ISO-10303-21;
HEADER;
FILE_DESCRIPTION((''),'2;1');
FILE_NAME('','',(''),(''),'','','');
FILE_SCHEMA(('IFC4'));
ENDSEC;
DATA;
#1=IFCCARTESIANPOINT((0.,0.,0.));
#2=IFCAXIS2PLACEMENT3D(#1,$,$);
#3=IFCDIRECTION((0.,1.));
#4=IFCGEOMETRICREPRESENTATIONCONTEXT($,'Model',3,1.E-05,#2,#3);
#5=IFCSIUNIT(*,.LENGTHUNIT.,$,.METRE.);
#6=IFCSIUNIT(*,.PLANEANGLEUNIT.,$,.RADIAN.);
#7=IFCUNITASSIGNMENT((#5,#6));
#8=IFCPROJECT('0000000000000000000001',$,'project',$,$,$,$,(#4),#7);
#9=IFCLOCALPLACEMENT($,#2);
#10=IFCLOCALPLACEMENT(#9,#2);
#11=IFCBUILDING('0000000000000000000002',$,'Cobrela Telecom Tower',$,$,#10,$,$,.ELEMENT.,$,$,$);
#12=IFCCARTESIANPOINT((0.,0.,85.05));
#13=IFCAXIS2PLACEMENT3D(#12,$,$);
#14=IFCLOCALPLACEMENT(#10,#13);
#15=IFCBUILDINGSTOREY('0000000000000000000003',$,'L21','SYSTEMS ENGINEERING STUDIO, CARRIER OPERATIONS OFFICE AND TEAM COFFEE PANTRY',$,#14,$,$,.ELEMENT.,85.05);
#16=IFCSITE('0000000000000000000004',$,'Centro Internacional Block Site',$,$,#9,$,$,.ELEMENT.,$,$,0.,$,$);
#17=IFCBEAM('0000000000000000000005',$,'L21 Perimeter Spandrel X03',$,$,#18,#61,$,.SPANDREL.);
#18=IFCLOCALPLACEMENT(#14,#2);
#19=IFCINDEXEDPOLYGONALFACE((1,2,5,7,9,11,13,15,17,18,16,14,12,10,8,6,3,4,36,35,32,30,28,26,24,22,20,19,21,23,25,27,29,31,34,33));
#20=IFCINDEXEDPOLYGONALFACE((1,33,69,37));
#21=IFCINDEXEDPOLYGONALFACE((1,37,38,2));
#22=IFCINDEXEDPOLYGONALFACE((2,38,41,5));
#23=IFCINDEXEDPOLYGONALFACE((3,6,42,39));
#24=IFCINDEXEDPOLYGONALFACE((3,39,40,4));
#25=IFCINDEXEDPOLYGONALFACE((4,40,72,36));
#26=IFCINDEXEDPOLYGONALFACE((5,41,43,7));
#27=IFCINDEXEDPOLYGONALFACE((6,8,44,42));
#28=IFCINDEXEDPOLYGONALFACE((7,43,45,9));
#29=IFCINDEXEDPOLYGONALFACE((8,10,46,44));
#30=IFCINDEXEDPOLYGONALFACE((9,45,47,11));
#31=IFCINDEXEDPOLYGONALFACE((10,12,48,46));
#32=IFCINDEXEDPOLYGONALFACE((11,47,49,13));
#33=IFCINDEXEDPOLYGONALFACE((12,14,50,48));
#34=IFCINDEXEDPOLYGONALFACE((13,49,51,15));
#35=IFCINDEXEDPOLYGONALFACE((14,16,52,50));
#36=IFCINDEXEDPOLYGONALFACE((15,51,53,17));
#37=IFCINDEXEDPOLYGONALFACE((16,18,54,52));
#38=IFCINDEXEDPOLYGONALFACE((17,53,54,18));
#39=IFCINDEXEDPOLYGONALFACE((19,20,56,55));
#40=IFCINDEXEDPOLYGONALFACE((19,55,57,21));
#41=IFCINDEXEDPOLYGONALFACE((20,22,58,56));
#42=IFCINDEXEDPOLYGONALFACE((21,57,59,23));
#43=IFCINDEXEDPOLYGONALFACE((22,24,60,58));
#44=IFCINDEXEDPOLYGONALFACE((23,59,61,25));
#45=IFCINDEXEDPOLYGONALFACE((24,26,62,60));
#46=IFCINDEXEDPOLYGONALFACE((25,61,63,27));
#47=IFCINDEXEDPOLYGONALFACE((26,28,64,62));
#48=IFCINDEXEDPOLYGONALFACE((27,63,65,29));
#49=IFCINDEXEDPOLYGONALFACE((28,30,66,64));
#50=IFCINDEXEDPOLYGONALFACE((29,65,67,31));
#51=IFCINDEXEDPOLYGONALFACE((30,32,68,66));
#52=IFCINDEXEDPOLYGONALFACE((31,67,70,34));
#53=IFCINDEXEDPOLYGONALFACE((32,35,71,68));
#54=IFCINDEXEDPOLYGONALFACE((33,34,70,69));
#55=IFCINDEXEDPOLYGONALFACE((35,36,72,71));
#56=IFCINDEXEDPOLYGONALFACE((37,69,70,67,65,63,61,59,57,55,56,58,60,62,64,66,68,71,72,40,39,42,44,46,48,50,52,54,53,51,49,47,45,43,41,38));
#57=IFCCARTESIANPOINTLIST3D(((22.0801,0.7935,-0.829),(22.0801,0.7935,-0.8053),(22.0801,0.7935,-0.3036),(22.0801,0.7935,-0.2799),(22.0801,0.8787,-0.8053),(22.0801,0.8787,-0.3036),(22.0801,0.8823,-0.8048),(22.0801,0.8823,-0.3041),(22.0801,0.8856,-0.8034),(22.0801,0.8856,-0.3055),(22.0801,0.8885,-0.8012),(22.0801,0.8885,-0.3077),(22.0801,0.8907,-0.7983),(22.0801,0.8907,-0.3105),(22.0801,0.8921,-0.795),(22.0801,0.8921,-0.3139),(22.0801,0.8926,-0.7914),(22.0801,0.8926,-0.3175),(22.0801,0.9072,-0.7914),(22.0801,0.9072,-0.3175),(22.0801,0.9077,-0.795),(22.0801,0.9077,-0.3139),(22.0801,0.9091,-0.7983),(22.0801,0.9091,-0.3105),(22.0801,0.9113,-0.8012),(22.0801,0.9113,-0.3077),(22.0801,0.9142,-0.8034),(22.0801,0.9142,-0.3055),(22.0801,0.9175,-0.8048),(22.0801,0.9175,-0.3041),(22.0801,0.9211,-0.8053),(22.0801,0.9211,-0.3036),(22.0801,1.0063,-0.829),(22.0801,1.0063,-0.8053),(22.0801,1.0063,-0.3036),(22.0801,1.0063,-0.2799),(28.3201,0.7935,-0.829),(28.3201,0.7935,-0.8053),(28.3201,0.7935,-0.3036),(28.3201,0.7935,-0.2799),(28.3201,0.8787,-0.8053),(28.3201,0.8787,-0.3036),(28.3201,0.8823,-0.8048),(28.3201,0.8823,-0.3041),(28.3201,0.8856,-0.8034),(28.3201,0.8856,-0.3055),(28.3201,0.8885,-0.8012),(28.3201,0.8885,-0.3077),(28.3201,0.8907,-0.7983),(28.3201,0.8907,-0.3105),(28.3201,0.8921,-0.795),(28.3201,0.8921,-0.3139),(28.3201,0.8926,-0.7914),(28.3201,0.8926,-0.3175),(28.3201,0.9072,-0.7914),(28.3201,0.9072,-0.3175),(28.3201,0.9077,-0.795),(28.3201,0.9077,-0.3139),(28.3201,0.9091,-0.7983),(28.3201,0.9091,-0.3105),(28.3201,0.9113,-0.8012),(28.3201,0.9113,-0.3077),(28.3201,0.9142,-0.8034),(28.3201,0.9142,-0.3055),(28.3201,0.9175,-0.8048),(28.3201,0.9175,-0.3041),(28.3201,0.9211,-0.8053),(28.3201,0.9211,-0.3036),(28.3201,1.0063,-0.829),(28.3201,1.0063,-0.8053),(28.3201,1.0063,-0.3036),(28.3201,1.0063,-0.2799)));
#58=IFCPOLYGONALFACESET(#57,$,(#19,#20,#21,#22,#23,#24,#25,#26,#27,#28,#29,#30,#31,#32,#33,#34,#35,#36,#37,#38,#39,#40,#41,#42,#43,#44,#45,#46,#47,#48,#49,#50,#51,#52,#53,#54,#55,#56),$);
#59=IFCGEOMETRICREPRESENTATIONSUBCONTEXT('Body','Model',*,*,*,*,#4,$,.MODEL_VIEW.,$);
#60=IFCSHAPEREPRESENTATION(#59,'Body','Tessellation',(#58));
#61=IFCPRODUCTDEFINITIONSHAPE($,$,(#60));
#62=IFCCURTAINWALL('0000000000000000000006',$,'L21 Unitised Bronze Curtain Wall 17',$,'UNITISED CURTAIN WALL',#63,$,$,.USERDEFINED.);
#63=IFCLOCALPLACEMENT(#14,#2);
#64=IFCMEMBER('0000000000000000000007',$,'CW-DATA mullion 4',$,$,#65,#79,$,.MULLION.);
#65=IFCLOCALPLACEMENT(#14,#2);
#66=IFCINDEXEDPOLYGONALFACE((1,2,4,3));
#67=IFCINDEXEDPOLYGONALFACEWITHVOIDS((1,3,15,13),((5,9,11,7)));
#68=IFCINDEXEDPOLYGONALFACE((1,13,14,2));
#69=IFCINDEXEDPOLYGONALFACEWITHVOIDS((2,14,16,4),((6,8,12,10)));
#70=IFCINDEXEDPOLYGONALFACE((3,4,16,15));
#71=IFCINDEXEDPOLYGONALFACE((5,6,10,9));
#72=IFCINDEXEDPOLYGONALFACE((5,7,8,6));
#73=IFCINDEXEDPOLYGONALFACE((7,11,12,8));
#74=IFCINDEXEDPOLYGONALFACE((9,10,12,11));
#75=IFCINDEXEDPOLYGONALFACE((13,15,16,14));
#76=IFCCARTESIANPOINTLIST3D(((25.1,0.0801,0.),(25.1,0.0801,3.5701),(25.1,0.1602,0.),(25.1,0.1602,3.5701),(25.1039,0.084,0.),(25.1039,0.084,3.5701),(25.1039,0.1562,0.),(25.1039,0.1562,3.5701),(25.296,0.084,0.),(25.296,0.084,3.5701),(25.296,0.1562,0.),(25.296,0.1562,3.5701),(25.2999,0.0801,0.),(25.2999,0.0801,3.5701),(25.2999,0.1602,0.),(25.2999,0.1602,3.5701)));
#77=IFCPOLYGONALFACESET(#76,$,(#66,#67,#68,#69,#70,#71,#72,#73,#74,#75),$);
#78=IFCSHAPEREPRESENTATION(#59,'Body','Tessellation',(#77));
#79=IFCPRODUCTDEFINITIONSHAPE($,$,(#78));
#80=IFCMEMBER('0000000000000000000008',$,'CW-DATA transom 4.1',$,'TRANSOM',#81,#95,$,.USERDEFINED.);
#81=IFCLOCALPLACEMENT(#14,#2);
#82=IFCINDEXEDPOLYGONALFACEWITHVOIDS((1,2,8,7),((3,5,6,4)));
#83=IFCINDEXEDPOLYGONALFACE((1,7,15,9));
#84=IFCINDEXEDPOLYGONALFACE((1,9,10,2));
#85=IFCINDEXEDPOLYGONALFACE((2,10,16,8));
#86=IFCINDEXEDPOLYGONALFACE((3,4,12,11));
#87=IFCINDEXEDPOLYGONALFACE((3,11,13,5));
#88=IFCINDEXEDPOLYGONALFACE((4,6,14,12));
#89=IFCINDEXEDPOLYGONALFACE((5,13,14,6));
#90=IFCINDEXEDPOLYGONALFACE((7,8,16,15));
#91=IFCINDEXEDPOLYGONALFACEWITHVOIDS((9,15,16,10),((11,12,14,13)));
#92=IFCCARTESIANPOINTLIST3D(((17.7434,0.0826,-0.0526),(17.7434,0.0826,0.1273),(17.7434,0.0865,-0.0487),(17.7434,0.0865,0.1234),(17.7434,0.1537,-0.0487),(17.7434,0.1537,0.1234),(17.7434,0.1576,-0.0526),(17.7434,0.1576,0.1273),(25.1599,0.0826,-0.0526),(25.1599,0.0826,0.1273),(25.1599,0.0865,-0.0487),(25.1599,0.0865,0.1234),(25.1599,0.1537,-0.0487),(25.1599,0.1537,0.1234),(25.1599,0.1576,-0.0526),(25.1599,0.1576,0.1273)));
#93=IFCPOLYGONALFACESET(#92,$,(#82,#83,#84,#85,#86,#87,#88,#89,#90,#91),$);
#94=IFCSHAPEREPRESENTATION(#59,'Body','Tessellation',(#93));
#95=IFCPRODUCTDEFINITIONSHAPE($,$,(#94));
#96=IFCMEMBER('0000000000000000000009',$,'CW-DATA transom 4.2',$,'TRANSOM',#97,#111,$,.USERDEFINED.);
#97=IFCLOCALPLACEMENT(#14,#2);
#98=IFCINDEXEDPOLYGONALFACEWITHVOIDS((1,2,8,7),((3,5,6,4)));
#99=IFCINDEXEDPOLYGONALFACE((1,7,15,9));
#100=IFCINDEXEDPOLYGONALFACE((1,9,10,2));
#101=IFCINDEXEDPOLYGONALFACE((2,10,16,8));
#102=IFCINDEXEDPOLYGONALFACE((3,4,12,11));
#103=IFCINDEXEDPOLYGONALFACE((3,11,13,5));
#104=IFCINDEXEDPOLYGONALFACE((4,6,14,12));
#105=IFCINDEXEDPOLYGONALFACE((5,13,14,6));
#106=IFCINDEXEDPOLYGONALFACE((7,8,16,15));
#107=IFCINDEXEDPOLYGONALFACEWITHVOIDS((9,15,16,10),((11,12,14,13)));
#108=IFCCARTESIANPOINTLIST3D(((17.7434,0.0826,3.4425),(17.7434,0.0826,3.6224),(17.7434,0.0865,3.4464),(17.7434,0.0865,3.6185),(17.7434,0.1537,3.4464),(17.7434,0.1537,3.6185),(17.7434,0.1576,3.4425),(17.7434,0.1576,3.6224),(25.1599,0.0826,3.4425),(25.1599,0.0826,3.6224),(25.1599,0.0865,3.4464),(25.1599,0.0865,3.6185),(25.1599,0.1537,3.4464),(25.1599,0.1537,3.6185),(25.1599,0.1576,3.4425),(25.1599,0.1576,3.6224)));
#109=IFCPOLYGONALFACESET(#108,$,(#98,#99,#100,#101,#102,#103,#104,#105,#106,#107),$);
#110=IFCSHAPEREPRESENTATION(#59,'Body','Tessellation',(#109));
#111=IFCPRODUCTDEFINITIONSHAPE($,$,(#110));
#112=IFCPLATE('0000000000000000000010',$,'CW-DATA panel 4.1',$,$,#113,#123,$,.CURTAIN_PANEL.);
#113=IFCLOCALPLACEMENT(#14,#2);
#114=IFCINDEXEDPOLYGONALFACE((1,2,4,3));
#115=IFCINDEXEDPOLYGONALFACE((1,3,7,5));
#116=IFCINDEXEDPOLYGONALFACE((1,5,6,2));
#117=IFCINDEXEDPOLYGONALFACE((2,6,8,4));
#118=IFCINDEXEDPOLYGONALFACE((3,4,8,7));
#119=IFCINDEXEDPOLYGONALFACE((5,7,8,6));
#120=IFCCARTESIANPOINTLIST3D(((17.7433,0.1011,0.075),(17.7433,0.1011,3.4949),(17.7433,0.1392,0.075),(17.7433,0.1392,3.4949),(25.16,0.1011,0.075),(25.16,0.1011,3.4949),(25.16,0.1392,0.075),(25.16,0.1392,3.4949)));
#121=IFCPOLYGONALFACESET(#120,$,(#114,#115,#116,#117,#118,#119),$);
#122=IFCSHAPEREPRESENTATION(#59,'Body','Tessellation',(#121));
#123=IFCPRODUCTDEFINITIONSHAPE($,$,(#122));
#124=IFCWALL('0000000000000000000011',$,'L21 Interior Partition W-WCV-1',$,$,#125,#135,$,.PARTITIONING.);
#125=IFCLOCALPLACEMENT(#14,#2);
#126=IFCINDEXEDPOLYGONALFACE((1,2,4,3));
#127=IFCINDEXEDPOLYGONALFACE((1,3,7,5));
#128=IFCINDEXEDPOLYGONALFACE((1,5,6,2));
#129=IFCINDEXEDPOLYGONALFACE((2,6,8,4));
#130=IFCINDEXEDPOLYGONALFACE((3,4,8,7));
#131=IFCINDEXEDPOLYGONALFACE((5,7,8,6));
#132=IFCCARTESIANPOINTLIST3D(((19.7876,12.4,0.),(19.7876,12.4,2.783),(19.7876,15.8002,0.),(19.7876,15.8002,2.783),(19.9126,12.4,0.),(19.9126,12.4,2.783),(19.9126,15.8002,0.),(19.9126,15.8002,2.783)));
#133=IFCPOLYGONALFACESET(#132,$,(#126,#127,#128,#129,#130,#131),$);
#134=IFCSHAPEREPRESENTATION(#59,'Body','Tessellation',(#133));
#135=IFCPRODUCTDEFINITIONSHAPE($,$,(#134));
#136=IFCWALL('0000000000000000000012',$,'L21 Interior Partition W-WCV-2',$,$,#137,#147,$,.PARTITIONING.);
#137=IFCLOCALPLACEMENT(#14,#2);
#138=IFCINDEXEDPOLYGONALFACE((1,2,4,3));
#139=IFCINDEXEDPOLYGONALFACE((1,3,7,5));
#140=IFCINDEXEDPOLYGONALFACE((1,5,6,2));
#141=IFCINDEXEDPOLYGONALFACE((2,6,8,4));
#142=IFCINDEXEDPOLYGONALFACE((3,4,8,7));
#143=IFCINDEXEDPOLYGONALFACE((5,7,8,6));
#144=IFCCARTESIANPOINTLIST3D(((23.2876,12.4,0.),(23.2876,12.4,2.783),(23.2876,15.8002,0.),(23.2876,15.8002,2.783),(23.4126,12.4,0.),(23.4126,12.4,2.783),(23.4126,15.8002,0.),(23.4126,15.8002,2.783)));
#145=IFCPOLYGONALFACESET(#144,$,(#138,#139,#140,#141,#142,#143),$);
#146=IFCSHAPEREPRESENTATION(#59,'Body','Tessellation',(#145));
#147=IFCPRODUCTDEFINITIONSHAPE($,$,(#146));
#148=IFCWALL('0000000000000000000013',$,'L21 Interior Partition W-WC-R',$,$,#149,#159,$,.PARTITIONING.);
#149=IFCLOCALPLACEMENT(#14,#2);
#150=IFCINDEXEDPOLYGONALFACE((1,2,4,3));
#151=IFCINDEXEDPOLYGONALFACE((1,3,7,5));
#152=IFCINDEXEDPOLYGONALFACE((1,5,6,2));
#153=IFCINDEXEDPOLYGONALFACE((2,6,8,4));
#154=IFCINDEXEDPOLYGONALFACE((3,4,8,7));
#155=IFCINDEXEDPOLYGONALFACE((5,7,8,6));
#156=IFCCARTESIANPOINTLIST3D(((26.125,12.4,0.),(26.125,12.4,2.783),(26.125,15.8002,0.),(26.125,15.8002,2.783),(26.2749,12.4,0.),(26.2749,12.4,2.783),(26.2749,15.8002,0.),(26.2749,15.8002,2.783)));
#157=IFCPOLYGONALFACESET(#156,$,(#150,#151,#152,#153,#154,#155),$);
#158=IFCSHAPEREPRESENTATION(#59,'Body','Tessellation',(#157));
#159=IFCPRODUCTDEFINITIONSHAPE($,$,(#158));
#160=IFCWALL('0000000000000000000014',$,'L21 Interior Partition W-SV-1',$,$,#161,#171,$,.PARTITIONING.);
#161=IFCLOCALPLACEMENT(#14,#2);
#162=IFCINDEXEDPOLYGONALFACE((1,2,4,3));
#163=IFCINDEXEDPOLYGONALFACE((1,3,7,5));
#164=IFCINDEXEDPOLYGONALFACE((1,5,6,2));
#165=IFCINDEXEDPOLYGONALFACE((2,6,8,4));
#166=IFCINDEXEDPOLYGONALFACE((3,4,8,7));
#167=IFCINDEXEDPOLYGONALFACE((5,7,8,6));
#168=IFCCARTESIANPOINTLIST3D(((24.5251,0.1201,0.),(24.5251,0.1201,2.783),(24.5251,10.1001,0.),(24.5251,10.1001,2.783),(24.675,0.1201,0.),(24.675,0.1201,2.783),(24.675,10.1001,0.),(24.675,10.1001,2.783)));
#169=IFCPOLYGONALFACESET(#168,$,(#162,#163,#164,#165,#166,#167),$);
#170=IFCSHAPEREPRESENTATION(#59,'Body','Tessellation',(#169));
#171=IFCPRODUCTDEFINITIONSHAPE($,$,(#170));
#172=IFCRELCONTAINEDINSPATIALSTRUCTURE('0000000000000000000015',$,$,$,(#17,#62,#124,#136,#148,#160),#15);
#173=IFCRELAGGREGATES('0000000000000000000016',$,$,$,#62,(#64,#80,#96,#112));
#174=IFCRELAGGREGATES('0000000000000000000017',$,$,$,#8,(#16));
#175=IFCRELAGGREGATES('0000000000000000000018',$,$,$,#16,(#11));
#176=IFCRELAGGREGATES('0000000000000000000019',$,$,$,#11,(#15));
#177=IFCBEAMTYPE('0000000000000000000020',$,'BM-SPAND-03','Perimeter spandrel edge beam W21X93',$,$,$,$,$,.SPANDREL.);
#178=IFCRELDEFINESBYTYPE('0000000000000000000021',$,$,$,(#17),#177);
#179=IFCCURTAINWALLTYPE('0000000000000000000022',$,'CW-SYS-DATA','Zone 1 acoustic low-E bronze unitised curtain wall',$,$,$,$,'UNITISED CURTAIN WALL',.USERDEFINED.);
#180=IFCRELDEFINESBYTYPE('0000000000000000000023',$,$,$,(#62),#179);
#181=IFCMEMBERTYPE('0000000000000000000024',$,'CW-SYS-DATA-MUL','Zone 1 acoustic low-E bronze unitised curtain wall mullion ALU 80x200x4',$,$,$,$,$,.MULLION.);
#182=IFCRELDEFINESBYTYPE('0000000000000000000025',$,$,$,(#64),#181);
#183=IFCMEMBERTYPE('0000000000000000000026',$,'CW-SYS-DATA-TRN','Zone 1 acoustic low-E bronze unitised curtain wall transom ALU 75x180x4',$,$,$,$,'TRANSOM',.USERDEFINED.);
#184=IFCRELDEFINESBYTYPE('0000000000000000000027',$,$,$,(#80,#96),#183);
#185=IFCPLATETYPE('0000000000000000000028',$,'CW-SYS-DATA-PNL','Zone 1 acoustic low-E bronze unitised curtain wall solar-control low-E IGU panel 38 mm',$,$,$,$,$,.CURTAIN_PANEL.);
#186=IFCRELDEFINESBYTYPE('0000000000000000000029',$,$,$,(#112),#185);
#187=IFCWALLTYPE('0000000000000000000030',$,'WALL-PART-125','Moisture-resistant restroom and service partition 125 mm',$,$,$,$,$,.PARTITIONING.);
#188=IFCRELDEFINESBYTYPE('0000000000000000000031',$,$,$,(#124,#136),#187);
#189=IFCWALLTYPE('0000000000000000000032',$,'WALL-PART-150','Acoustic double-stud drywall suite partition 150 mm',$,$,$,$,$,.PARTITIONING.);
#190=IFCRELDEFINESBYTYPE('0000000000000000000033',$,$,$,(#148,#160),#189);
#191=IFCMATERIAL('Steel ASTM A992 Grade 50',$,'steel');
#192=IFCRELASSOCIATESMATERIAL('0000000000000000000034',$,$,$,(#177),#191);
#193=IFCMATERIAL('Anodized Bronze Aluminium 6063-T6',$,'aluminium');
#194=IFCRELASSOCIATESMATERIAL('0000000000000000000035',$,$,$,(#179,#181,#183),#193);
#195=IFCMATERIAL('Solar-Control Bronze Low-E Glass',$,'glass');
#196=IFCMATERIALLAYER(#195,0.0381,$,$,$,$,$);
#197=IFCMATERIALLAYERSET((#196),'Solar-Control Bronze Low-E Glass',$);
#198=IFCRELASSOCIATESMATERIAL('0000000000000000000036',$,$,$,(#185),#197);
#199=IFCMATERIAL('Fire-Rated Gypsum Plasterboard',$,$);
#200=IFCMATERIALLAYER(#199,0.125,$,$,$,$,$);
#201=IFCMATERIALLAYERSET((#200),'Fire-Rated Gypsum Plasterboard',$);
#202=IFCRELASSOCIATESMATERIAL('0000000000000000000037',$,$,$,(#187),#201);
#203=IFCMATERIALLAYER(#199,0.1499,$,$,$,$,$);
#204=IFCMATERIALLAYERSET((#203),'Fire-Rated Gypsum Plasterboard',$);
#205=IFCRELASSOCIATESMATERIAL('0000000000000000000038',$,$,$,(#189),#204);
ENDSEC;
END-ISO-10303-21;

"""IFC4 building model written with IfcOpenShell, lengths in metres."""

from ifc_helpers import new_model, si_unit, direction, frame, frame_2d, origin, origin_2d, place, context, subcontext, project, spatial, rectangle, hollow_rectangle, i_section, extrude, material, layer, layer_set, material_profile, profile_set, type_object, element, aggregate, save


model = new_model("IFC4")

# Units and contexts
model_context = context("Model", 3, precision=1e-05, world=origin(), true_north=direction((0.0, 1.0)))
body_context = subcontext(model_context, "Body", "Model", "MODEL_VIEW")
ifc_project = project(units=[si_unit("LENGTHUNIT", "METRE"), si_unit("PLANEANGLEUNIT", "RADIAN")], contexts=[model_context])

# Site, building, storey
site_placement = place(None, origin())
site = spatial("IfcSite", under=ifc_project, at=site_placement, Name="Centro Internacional Block Site", CompositionType="ELEMENT", RefElevation=0.0)
building_placement = place(site_placement, origin())
building = spatial("IfcBuilding", under=site, at=building_placement, Name="Cobrela Telecom Tower", CompositionType="ELEMENT")
storey_placement = place(building_placement, frame((0.0, 0.0, 85.05)))
storey = spatial("IfcBuildingStorey", under=building, at=storey_placement, Name="L21", Description="SYSTEMS ENGINEERING STUDIO, CARRIER OPERATIONS OFFICE AND TEAM COFFEE PANTRY", CompositionType="ELEMENT", Elevation=85.05)

# Shared definitions
ifc_material_1 = material(Name="Steel ASTM A992 Grade 50", Category="steel")

# Beam
ifc_material_profile_1 = material_profile(ifc_material_1, i_section(OverallWidth=0.2129, OverallDepth=0.5491, WebThickness=0.0146, FlangeThickness=0.0237, FilletRadius=0.0139, at=origin_2d()), Name="W21X93")
ifc_profile_set_1 = profile_set([ifc_material_profile_1], Name="Steel ASTM A992 Grade 50")
beam_type_1 = type_object("IfcBeamType", Name="BM-SPAND-03", Description="Perimeter spandrel edge beam W21X93", PredefinedType="SPANDREL", material=ifc_profile_set_1)
beam_1_placement = place(storey_placement, frame((22.0801, 0.8999, -0.5544), z_axis=(1.0, 0.0, 0.0), x_axis=(0.0, 1.0, 0.0)))
element("IfcBeam", 1, at=beam_1_placement, inside=storey, type_object=beam_type_1, Name="L21 Perimeter Spandrel X03", PredefinedType="SPANDREL", context=body_context, shape_type="SweptSolid", body=[
    extrude(i_section(OverallWidth=0.2129, OverallDepth=0.5491, WebThickness=0.0146, FlangeThickness=0.0237, FilletRadius=0.0139, at=origin_2d()), origin(), (0.0, 0.0, 1.0), 6.24),
])

# Curtain wall, members, plate
ifc_material_2 = material(Name="Anodized Bronze Aluminium 6063-T6", Category="aluminium")
curtain_wall_type = type_object("IfcCurtainWallType", Name="CW-SYS-DATA", Description="Zone 1 acoustic low-E bronze unitised curtain wall", ElementType="UNITISED CURTAIN WALL", PredefinedType="USERDEFINED", material=ifc_material_2)
curtain_wall_placement = place(storey_placement, origin())
curtain_wall = element("IfcCurtainWall", 2, at=curtain_wall_placement, inside=storey, type_object=curtain_wall_type, Name="L21 Unitised Bronze Curtain Wall 17", ObjectType="UNITISED CURTAIN WALL", PredefinedType="USERDEFINED")
ifc_material_profile_2 = material_profile(ifc_material_2, hollow_rectangle(XDim=0.0801, YDim=0.2, WallThickness=0.0039, at=origin_2d()), Name="ALU 80x200x4")
ifc_profile_set_2 = profile_set([ifc_material_profile_2], Name="Anodized Bronze Aluminium 6063-T6")
member_type_1 = type_object("IfcMemberType", Name="CW-SYS-DATA-MUL", Description="Zone 1 acoustic low-E bronze unitised curtain wall mullion ALU 80x200x4", PredefinedType="MULLION", material=ifc_profile_set_2)
member_1_placement = place(storey_placement, frame((25.2, 0.1201, 0.0), z_axis=(0.0, 0.0, 1.0), x_axis=(0.0, -1.0, 0.0)))
member_1 = element("IfcMember", 3, at=member_1_placement, type_object=member_type_1, Name="CW-DATA mullion 4", PredefinedType="MULLION", context=body_context, shape_type="SweptSolid", body=[
    extrude(hollow_rectangle(XDim=0.0801, YDim=0.2, WallThickness=0.0039, at=origin_2d()), origin(), (0.0, 0.0, 1.0), 3.5701),
])
ifc_material_profile_3 = material_profile(ifc_material_2, hollow_rectangle(XDim=0.075, YDim=0.1799, WallThickness=0.0039, at=origin_2d()), Name="ALU 75x180x4")
ifc_profile_set_3 = profile_set([ifc_material_profile_3], Name="Anodized Bronze Aluminium 6063-T6")
member_type_2 = type_object("IfcMemberType", Name="CW-SYS-DATA-TRN", Description="Zone 1 acoustic low-E bronze unitised curtain wall transom ALU 75x180x4", ElementType="TRANSOM", PredefinedType="USERDEFINED", material=ifc_profile_set_3)
member_2_placement = place(storey_placement, frame((25.1599, 0.1201, 0.0374), z_axis=(-1.0, 0.0, 0.0), x_axis=(0.0, -1.0, 0.0)))
member_2 = element("IfcMember", 4, at=member_2_placement, type_object=member_type_2, Name="CW-DATA transom 4.1", ObjectType="TRANSOM", PredefinedType="USERDEFINED", context=body_context, shape_type="SweptSolid", body=[
    extrude(hollow_rectangle(XDim=0.075, YDim=0.1799, WallThickness=0.0039, at=origin_2d()), origin(), (0.0, 0.0, 1.0), 7.4165),
])
member_3_placement = place(storey_placement, frame((25.1599, 0.1201, 3.5325), z_axis=(-1.0, 0.0, 0.0), x_axis=(0.0, -1.0, 0.0)))
member_3 = element("IfcMember", 5, at=member_3_placement, type_object=member_type_2, Name="CW-DATA transom 4.2", ObjectType="TRANSOM", PredefinedType="USERDEFINED", context=body_context, shape_type="SweptSolid", body=[
    extrude(hollow_rectangle(XDim=0.075, YDim=0.1799, WallThickness=0.0039, at=origin_2d()), origin(), (0.0, 0.0, 1.0), 7.4165),
])
ifc_material_3 = material(Name="Solar-Control Bronze Low-E Glass", Category="glass")
ifc_layer_1 = layer(ifc_material_3, 0.0381)
ifc_layer_set_1 = layer_set([ifc_layer_1], Name="Solar-Control Bronze Low-E Glass")
plate_type = type_object("IfcPlateType", Name="CW-SYS-DATA-PNL", Description="Zone 1 acoustic low-E bronze unitised curtain wall solar-control low-E IGU panel 38 mm", PredefinedType="CURTAIN_PANEL", material=ifc_layer_set_1)
plate_placement = place(storey_placement, frame((21.4517, 0.1201, 0.075), z_axis=(0.0, 0.0, 1.0), x_axis=(-1.0, 0.0, 0.0)))
plate = element("IfcPlate", 6, at=plate_placement, type_object=plate_type, Name="CW-DATA panel 4.1", PredefinedType="CURTAIN_PANEL", context=body_context, shape_type="SweptSolid", body=[
    extrude(rectangle(XDim=7.4167, YDim=0.0381, at=origin_2d()), origin(), (0.0, 0.0, 1.0), 3.4199),
])
aggregate(curtain_wall, [member_1, member_2, member_3, plate])

# Walls
ifc_material_4 = material(Name="Fire-Rated Gypsum Plasterboard")
ifc_layer_2 = layer(ifc_material_4, 0.125)
ifc_layer_set_2 = layer_set([ifc_layer_2], Name="Fire-Rated Gypsum Plasterboard")
wall_type_1 = type_object("IfcWallType", Name="WALL-PART-125", Description="Moisture-resistant restroom and service partition 125 mm", PredefinedType="PARTITIONING", material=ifc_layer_set_2)
for number, where, z_axis, x_axis, name in (
    (7, (19.8501, 12.3999, 0.0), (0.0, 0.0, 1.0), (0.0, 1.0, 0.0), "L21 Interior Partition W-WCV-1"),
    (8, (23.3501, 12.3999, 0.0), (0.0, 0.0, 1.0), (0.0, 1.0, 0.0), "L21 Interior Partition W-WCV-2"),
):
    element("IfcWall", number, at=place(storey_placement, frame(where, z_axis=z_axis, x_axis=x_axis)), inside=storey, type_object=wall_type_1, Name=name, PredefinedType="PARTITIONING", context=body_context, shape_type="SweptSolid", body=[
        extrude(rectangle(XDim=3.4001, YDim=0.125, at=frame_2d((1.7002, 0.0))), origin(), (0.0, 0.0, 1.0), 2.783),
    ])
ifc_layer_3 = layer(ifc_material_4, 0.1499)
ifc_layer_set_3 = layer_set([ifc_layer_3], Name="Fire-Rated Gypsum Plasterboard")
wall_type_2 = type_object("IfcWallType", Name="WALL-PART-150", Description="Acoustic double-stud drywall suite partition 150 mm", PredefinedType="PARTITIONING", material=ifc_layer_set_3)
wall_1_placement = place(storey_placement, frame((26.2, 12.3999, 0.0), z_axis=(0.0, 0.0, 1.0), x_axis=(0.0, 1.0, 0.0)))
element("IfcWall", 9, at=wall_1_placement, inside=storey, type_object=wall_type_2, Name="L21 Interior Partition W-WC-R", PredefinedType="PARTITIONING", context=body_context, shape_type="SweptSolid", body=[
    extrude(rectangle(XDim=3.4001, YDim=0.1499, at=frame_2d((1.7002, 0.0))), origin(), (0.0, 0.0, 1.0), 2.783),
])
wall_2_placement = place(storey_placement, frame((24.6001, 0.1201, 0.0), z_axis=(0.0, 0.0, 1.0), x_axis=(0.0, 1.0, 0.0)))
element("IfcWall", 10, at=wall_2_placement, inside=storey, type_object=wall_type_2, Name="L21 Interior Partition W-SV-1", PredefinedType="PARTITIONING", context=body_context, shape_type="SweptSolid", body=[
    extrude(rectangle(XDim=9.98, YDim=0.1499, at=frame_2d((4.99, 0.0))), origin(), (0.0, 0.0, 1.0), 2.783),
])

save(model, "model.ifc")
